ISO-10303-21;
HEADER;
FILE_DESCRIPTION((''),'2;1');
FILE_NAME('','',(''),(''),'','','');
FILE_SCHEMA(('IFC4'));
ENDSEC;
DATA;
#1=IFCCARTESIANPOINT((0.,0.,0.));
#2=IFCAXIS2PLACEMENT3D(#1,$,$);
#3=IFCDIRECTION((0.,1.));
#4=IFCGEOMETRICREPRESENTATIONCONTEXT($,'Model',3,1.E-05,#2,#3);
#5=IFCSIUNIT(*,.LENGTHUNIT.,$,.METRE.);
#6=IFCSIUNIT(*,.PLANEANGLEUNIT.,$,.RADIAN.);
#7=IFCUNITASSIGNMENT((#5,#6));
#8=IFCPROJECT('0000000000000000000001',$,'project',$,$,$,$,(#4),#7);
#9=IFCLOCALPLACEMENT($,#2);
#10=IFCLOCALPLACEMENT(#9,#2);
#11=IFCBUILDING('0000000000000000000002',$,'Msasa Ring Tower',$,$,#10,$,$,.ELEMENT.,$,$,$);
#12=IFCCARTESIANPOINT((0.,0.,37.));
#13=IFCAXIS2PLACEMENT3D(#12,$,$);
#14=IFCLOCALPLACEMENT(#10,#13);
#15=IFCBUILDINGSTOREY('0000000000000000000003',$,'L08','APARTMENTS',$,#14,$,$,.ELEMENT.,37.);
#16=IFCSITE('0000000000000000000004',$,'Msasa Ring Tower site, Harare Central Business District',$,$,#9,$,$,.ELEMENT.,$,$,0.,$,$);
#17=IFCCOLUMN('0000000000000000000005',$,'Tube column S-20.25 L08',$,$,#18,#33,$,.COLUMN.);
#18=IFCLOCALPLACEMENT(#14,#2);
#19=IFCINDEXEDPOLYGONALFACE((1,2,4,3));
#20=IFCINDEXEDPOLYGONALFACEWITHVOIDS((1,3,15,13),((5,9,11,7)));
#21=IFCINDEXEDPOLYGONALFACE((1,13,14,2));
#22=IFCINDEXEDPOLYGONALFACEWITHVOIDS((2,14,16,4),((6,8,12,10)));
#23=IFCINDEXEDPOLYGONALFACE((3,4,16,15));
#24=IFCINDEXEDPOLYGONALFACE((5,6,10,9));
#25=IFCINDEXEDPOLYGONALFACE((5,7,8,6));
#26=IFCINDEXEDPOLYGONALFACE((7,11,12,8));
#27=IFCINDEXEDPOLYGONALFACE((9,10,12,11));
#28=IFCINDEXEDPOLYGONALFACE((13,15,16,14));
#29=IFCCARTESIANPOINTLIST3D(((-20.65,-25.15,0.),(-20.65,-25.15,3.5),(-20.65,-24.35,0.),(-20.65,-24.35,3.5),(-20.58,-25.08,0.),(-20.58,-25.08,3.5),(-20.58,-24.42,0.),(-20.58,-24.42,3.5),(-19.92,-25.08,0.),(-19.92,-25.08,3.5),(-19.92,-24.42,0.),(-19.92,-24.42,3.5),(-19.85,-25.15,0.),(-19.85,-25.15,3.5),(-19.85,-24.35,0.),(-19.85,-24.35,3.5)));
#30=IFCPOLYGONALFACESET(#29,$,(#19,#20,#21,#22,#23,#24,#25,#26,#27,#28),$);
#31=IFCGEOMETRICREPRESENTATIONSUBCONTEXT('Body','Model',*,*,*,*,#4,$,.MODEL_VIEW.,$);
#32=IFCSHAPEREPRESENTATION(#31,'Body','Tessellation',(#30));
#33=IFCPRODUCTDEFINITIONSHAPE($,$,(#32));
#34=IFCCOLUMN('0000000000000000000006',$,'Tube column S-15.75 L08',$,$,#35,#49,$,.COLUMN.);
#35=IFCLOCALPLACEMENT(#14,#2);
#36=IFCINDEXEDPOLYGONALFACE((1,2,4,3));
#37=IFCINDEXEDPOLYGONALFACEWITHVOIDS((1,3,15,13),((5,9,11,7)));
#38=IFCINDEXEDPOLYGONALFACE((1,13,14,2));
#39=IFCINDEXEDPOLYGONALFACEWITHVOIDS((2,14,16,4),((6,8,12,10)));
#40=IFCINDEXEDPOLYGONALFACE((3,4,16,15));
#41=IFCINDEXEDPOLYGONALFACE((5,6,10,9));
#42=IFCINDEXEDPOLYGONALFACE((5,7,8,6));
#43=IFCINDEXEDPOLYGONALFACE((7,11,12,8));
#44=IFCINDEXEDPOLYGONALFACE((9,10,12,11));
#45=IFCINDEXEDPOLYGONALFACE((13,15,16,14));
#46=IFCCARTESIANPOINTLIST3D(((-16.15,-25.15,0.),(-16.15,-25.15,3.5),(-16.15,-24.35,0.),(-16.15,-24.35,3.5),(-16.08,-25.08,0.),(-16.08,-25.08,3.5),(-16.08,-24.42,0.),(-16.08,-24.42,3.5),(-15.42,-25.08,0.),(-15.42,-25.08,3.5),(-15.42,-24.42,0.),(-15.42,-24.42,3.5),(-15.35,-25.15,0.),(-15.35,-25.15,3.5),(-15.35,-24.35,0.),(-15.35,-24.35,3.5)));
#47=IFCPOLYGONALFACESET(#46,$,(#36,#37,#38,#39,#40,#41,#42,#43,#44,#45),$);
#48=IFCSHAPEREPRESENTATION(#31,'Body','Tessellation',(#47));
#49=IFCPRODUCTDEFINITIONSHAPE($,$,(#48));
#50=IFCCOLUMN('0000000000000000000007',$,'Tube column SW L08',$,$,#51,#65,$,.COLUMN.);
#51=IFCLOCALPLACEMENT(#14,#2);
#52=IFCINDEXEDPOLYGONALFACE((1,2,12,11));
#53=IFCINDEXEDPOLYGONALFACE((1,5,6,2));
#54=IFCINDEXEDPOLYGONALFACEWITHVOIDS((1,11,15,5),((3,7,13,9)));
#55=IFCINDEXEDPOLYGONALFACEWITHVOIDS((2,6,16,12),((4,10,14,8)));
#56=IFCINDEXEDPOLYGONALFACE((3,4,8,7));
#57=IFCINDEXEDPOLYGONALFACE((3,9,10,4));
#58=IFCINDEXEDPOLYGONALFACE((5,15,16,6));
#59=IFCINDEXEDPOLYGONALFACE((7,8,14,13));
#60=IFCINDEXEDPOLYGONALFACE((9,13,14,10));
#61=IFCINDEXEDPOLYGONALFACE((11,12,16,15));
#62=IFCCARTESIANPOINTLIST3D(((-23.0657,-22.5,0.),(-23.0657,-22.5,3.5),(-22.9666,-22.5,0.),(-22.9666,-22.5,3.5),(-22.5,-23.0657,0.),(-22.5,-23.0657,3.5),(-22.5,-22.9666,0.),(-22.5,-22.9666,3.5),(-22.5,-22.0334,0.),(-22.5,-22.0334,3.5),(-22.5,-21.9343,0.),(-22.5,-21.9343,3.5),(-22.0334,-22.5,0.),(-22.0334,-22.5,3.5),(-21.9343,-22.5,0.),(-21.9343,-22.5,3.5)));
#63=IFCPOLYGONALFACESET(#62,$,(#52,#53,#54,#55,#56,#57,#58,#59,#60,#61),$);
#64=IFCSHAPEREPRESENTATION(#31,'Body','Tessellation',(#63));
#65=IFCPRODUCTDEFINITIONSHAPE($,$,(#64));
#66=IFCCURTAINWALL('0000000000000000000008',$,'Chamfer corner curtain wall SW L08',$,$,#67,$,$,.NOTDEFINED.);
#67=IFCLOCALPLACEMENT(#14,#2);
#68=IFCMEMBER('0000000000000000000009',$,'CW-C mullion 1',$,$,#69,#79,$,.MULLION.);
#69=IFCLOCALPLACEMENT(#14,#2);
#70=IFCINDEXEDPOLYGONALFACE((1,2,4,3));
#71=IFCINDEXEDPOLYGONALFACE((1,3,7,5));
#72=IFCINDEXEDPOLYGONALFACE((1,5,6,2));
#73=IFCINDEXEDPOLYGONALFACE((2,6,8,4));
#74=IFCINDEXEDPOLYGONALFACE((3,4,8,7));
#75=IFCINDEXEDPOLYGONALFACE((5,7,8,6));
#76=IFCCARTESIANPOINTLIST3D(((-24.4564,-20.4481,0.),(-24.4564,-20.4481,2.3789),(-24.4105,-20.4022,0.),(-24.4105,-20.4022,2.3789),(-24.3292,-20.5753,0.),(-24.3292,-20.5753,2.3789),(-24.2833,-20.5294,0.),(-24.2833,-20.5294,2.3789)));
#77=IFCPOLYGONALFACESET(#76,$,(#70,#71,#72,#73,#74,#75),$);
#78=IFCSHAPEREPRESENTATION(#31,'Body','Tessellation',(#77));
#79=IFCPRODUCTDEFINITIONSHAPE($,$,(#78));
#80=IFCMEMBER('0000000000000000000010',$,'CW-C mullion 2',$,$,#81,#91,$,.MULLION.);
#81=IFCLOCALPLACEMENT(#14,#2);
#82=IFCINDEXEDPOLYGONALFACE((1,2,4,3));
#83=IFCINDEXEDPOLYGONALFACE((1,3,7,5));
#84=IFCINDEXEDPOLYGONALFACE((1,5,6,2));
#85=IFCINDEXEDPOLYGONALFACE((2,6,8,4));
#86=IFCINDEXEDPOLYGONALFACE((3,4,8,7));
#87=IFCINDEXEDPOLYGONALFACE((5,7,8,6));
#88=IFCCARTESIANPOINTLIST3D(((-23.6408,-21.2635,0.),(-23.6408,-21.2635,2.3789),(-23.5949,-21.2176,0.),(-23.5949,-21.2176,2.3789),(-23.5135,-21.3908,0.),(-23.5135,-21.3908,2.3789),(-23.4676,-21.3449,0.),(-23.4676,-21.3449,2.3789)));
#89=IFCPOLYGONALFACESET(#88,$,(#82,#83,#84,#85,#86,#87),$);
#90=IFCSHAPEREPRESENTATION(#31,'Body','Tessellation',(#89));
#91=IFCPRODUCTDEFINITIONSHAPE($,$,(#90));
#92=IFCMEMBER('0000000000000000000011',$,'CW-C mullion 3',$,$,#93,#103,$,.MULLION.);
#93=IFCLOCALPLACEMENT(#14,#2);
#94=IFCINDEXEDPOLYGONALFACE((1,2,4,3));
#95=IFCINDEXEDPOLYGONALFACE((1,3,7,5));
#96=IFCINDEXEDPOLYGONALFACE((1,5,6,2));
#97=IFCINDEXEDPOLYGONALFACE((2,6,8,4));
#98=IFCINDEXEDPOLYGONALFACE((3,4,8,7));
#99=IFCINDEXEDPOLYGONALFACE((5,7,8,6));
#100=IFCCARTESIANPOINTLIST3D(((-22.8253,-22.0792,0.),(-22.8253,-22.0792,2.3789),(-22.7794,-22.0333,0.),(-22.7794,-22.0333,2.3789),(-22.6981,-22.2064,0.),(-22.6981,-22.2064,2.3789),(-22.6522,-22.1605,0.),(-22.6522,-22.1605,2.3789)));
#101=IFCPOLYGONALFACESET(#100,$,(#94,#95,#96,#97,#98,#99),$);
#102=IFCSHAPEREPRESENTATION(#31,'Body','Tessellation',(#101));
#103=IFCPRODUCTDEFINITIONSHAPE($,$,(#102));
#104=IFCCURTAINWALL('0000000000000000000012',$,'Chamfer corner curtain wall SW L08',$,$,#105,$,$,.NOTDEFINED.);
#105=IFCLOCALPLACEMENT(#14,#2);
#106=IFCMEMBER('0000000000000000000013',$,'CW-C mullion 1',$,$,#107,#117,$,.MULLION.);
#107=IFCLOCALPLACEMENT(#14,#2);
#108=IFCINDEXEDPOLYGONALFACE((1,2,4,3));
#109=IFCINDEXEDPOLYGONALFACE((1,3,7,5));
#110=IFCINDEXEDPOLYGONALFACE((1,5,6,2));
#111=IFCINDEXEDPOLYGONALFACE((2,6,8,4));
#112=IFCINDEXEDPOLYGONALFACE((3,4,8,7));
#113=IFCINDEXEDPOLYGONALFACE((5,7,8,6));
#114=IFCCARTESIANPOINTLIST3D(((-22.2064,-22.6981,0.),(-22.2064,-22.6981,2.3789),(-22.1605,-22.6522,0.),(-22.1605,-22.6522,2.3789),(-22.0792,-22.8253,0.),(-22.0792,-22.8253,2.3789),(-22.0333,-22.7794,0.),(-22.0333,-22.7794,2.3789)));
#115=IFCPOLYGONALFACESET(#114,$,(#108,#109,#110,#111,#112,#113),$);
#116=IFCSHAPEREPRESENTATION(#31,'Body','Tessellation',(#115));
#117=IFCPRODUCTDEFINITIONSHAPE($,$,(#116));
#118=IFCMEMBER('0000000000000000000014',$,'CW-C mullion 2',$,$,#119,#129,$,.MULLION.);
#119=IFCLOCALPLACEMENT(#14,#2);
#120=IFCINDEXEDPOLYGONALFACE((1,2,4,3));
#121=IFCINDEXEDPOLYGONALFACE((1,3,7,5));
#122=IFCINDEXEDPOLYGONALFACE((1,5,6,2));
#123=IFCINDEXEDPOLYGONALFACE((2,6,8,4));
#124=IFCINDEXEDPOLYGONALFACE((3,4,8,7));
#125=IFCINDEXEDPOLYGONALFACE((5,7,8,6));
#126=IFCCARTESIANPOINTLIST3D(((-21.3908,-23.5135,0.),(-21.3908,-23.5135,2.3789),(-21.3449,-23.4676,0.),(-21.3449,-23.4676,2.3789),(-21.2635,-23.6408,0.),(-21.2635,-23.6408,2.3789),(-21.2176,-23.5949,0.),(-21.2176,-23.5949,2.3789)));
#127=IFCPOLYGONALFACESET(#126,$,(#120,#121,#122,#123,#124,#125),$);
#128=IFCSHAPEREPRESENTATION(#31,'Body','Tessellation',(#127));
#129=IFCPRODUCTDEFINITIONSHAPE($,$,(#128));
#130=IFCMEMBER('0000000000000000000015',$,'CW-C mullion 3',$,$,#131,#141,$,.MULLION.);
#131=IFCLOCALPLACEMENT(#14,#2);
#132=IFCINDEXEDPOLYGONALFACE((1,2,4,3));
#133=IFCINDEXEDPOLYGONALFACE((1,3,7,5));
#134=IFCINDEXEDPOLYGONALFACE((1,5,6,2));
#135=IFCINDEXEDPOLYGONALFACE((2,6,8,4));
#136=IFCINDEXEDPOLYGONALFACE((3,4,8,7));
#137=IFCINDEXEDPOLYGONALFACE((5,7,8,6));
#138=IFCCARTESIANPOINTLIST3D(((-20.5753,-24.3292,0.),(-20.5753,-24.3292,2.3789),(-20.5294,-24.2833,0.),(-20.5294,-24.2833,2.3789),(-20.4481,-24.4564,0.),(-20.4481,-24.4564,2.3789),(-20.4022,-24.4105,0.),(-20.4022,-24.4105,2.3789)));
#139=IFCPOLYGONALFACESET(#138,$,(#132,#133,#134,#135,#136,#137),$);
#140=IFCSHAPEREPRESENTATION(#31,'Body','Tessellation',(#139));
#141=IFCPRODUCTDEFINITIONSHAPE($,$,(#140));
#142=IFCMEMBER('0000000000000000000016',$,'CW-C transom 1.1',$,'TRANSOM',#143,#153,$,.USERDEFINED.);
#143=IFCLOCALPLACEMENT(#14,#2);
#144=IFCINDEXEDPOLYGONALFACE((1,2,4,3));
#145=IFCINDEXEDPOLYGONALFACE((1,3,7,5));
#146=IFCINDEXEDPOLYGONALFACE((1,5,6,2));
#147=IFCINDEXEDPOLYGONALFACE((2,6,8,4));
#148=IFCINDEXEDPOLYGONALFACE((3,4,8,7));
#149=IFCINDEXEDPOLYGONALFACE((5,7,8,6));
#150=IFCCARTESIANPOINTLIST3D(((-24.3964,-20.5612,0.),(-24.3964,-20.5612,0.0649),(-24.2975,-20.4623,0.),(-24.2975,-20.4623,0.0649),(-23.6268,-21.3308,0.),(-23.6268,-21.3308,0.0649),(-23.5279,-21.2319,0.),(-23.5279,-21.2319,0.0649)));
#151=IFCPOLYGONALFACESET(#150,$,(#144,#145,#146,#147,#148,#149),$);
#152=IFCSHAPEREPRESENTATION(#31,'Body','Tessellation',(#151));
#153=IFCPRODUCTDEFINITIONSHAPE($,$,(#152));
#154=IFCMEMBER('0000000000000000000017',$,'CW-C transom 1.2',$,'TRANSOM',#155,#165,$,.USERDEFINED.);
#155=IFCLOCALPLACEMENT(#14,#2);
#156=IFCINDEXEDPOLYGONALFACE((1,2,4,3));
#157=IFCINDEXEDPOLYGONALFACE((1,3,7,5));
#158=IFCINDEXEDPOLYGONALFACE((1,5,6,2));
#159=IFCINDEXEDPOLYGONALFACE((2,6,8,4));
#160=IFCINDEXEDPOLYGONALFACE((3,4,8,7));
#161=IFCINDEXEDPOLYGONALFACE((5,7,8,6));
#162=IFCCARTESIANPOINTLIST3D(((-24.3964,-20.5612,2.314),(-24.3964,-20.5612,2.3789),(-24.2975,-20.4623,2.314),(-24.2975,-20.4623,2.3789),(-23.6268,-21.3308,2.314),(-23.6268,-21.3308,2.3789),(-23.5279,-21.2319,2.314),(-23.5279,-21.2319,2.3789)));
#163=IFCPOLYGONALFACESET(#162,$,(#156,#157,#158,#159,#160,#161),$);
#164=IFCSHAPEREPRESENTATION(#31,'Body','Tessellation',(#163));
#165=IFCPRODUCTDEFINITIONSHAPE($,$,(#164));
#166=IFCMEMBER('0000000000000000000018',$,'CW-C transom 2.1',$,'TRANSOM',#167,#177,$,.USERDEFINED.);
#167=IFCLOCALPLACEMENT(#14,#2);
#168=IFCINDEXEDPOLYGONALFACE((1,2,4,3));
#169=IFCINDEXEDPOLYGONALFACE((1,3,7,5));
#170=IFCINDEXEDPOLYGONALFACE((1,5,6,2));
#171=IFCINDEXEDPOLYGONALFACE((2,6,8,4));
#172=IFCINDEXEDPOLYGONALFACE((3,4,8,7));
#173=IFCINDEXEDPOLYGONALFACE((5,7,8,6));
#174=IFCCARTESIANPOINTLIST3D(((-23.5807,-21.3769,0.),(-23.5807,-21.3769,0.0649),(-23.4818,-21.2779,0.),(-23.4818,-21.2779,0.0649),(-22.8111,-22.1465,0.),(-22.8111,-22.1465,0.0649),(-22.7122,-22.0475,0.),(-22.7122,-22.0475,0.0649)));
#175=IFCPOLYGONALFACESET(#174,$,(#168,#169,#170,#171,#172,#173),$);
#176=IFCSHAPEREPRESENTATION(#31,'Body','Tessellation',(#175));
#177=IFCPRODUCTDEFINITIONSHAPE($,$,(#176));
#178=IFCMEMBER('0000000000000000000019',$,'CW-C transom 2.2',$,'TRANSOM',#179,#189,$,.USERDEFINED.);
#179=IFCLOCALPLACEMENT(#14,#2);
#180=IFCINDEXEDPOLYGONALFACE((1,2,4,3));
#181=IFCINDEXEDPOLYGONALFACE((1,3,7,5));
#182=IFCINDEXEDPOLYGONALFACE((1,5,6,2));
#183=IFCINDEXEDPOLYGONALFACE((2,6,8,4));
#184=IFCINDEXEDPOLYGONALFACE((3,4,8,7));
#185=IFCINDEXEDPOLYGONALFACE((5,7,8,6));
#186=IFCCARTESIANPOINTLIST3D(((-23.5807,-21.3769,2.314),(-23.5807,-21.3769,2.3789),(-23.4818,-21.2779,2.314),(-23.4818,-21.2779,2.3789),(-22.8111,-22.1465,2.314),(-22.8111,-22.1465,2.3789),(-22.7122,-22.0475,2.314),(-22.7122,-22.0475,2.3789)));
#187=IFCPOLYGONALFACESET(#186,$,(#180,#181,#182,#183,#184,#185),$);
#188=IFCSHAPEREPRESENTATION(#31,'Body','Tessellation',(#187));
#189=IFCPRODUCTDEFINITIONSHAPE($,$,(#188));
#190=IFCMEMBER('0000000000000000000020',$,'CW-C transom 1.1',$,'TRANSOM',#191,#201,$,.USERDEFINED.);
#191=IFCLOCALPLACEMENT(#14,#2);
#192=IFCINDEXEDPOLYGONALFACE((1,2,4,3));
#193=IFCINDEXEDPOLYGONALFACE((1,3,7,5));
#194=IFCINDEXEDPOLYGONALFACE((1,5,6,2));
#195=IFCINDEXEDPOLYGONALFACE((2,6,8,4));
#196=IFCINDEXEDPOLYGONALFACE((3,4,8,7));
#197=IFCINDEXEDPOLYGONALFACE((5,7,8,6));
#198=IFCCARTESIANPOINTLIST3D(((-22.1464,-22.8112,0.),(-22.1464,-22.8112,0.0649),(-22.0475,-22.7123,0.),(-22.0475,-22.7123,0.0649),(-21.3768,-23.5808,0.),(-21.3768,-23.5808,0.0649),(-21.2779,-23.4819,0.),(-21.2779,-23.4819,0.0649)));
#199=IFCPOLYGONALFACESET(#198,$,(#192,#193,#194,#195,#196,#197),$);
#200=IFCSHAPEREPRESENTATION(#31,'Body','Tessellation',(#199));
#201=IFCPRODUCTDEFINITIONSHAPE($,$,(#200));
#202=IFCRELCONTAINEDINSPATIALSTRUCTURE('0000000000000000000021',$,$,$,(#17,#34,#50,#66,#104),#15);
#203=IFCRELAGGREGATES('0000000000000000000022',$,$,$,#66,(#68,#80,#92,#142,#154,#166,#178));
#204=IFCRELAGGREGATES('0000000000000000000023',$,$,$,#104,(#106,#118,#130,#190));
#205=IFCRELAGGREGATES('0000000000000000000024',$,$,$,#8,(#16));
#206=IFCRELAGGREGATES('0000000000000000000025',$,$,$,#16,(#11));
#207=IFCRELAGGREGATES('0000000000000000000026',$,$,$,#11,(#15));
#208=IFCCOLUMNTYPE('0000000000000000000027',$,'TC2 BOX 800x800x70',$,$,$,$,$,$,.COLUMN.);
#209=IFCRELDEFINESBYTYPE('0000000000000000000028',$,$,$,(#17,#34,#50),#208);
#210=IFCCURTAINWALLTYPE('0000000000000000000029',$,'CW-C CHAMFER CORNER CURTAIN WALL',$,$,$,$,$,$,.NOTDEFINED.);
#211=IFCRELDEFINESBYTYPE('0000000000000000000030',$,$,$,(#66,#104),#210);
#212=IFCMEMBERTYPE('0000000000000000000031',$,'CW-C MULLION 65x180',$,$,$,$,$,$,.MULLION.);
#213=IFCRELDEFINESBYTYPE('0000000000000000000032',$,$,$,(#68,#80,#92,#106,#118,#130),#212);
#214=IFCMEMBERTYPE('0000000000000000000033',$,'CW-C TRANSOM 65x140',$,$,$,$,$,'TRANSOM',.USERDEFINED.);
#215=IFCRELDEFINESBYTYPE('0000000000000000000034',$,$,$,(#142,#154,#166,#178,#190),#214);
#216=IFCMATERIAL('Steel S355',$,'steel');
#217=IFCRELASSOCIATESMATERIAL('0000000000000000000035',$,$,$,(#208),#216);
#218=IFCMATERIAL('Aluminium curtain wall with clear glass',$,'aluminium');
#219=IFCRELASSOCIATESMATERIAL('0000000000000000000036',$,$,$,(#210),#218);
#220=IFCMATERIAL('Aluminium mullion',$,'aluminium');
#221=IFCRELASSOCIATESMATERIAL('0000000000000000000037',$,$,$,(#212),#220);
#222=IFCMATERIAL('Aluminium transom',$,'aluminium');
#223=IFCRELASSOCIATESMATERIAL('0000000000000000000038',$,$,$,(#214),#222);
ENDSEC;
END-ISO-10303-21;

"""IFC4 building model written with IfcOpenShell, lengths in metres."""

from ifc_helpers import new_model, si_unit, direction, frame, origin, origin_2d, place, context, subcontext, project, spatial, rectangle, hollow_rectangle, extrude, material, material_profile, profile_set, type_object, element, aggregate, save


model = new_model("IFC4")

# Units and contexts
model_context = context("Model", 3, precision=1e-05, world=origin(), true_north=direction((0.0, 1.0)))
body_context = subcontext(model_context, "Body", "Model", "MODEL_VIEW")
ifc_project = project(units=[si_unit("LENGTHUNIT", "METRE"), si_unit("PLANEANGLEUNIT", "RADIAN")], contexts=[model_context])

# Site, building, storey
site_placement = place(None, origin())
site = spatial("IfcSite", under=ifc_project, at=site_placement, Name="Msasa Ring Tower site, Harare Central Business District", CompositionType="ELEMENT", RefElevation=0.0)
building_placement = place(site_placement, origin())
building = spatial("IfcBuilding", under=site, at=building_placement, Name="Msasa Ring Tower", CompositionType="ELEMENT")
storey_placement = place(building_placement, frame((0.0, 0.0, 37.0)))
storey = spatial("IfcBuildingStorey", under=building, at=storey_placement, Name="L08", Description="APARTMENTS", CompositionType="ELEMENT", Elevation=37.0)

# Columns
ifc_material_1 = material(Name="Steel S355", Category="steel")
ifc_material_profile_1 = material_profile(ifc_material_1, hollow_rectangle(XDim=0.8, YDim=0.8, WallThickness=0.0701, at=origin_2d()), Name="BOX 800x800x70")
ifc_profile_set_1 = profile_set([ifc_material_profile_1], Name="Steel S355")
column_type = type_object("IfcColumnType", Name="TC2 BOX 800x800x70", PredefinedType="COLUMN", material=ifc_profile_set_1)
for number, where, z_axis, x_axis, name in (
    (1, (-20.25, -24.75, 0.0), (0.0, 0.0, 1.0), (0.0, 1.0, 0.0), "Tube column S-20.25 L08"),
    (2, (-15.75, -24.75, 0.0), (0.0, 0.0, 1.0), (0.0, 1.0, 0.0), "Tube column S-15.75 L08"),
    (3, (-22.5, -22.5, 0.0), (0.0, 0.0, 1.0), (0.707107, 0.707107, 0.0), "Tube column SW L08"),
):
    element("IfcColumn", number, at=place(storey_placement, frame(where, z_axis=z_axis, x_axis=x_axis)), inside=storey, type_object=column_type, Name=name, PredefinedType="COLUMN", context=body_context, shape_type="SweptSolid", body=[
        extrude(hollow_rectangle(XDim=0.8, YDim=0.8, WallThickness=0.0701, at=origin_2d()), origin(), (0.0, 0.0, 1.0), 3.5),
    ])

# Curtain walls, members
ifc_material_2 = material(Name="Aluminium curtain wall with clear glass", Category="aluminium")
curtain_wall_type = type_object("IfcCurtainWallType", Name="CW-C CHAMFER CORNER CURTAIN WALL", PredefinedType="NOTDEFINED", material=ifc_material_2)
curtain_wall_1_placement = place(storey_placement, origin())
curtain_wall_1 = element("IfcCurtainWall", 4, at=curtain_wall_1_placement, inside=storey, type_object=curtain_wall_type, Name="Chamfer corner curtain wall SW L08", PredefinedType="NOTDEFINED")
ifc_material_3 = material(Name="Aluminium mullion", Category="aluminium")
ifc_material_profile_2 = material_profile(ifc_material_3, rectangle(XDim=0.0649, YDim=0.1799, at=origin_2d()), Name="AL 65x180")
ifc_profile_set_2 = profile_set([ifc_material_profile_2], Name="Aluminium mullion")
member_type_1 = type_object("IfcMemberType", Name="CW-C MULLION 65x180", PredefinedType="MULLION", material=ifc_profile_set_2)
member_1_placement = place(storey_placement, frame((-24.3699, -20.4888, 0.0), z_axis=(0.0, 0.0, 1.0), x_axis=(0.707107, 0.707107, 0.0)))
member_1 = element("IfcMember", 5, at=member_1_placement, type_object=member_type_1, Name="CW-C mullion 1", PredefinedType="MULLION", context=body_context, shape_type="SweptSolid", body=[
    extrude(rectangle(XDim=0.0649, YDim=0.1799, at=origin_2d()), origin(), (0.0, 0.0, 1.0), 2.3789),
])
member_2_placement = place(storey_placement, frame((-23.5542, -21.3042, 0.0), z_axis=(0.0, 0.0, 1.0), x_axis=(0.707107, 0.707107, 0.0)))
member_2 = element("IfcMember", 6, at=member_2_placement, type_object=member_type_1, Name="CW-C mullion 2", PredefinedType="MULLION", context=body_context, shape_type="SweptSolid", body=[
    extrude(rectangle(XDim=0.0649, YDim=0.1799, at=origin_2d()), origin(), (0.0, 0.0, 1.0), 2.3789),
])
member_3_placement = place(storey_placement, frame((-22.7388, -22.1199, 0.0), z_axis=(0.0, 0.0, 1.0), x_axis=(0.707107, 0.707107, 0.0)))
member_3 = element("IfcMember", 7, at=member_3_placement, type_object=member_type_1, Name="CW-C mullion 3", PredefinedType="MULLION", context=body_context, shape_type="SweptSolid", body=[
    extrude(rectangle(XDim=0.0649, YDim=0.1799, at=origin_2d()), origin(), (0.0, 0.0, 1.0), 2.3789),
])
curtain_wall_2_placement = place(storey_placement, origin())
curtain_wall_2 = element("IfcCurtainWall", 8, at=curtain_wall_2_placement, inside=storey, type_object=curtain_wall_type, Name="Chamfer corner curtain wall SW L08", PredefinedType="NOTDEFINED")
member_4_placement = place(storey_placement, frame((-22.1199, -22.7388, 0.0), z_axis=(0.0, 0.0, 1.0), x_axis=(0.707107, 0.707107, 0.0)))
member_4 = element("IfcMember", 9, at=member_4_placement, type_object=member_type_1, Name="CW-C mullion 1", PredefinedType="MULLION", context=body_context, shape_type="SweptSolid", body=[
    extrude(rectangle(XDim=0.0649, YDim=0.1799, at=origin_2d()), origin(), (0.0, 0.0, 1.0), 2.3789),
])
member_5_placement = place(storey_placement, frame((-21.3042, -23.5542, 0.0), z_axis=(0.0, 0.0, 1.0), x_axis=(0.707107, 0.707107, 0.0)))
member_5 = element("IfcMember", 10, at=member_5_placement, type_object=member_type_1, Name="CW-C mullion 2", PredefinedType="MULLION", context=body_context, shape_type="SweptSolid", body=[
    extrude(rectangle(XDim=0.0649, YDim=0.1799, at=origin_2d()), origin(), (0.0, 0.0, 1.0), 2.3789),
])
member_6_placement = place(storey_placement, frame((-20.4888, -24.3699, 0.0), z_axis=(0.0, 0.0, 1.0), x_axis=(0.707107, 0.707107, 0.0)))
member_6 = element("IfcMember", 11, at=member_6_placement, type_object=member_type_1, Name="CW-C mullion 3", PredefinedType="MULLION", context=body_context, shape_type="SweptSolid", body=[
    extrude(rectangle(XDim=0.0649, YDim=0.1799, at=origin_2d()), origin(), (0.0, 0.0, 1.0), 2.3789),
])

# Members
ifc_material_4 = material(Name="Aluminium transom", Category="aluminium")
ifc_material_profile_3 = material_profile(ifc_material_4, rectangle(XDim=0.1399, YDim=0.0649, at=origin_2d()), Name="AL 65x140")
ifc_profile_set_3 = profile_set([ifc_material_profile_3], Name="Aluminium transom")
member_type_2 = type_object("IfcMemberType", Name="CW-C TRANSOM 65x140", ElementType="TRANSOM", PredefinedType="USERDEFINED", material=ifc_profile_set_3)
member_7_placement = place(storey_placement, frame((-24.3469, -20.5117, 0.0325), z_axis=(0.707107, -0.707107, 0.0), x_axis=(0.707107, 0.707107, 0.0)))
member_7 = element("IfcMember", 12, at=member_7_placement, type_object=member_type_2, Name="CW-C transom 1.1", ObjectType="TRANSOM", PredefinedType="USERDEFINED", context=body_context, shape_type="SweptSolid", body=[
    extrude(rectangle(XDim=0.1399, YDim=0.0649, at=origin_2d()), origin(), (0.0, 0.0, 1.0), 1.0884),
])
member_8_placement = place(storey_placement, frame((-24.3469, -20.5117, 2.3464), z_axis=(0.707107, -0.707107, 0.0), x_axis=(0.707107, 0.707107, 0.0)))
member_8 = element("IfcMember", 13, at=member_8_placement, type_object=member_type_2, Name="CW-C transom 1.2", ObjectType="TRANSOM", PredefinedType="USERDEFINED", context=body_context, shape_type="SweptSolid", body=[
    extrude(rectangle(XDim=0.1399, YDim=0.0649, at=origin_2d()), origin(), (0.0, 0.0, 1.0), 1.0884),
])
member_9_placement = place(storey_placement, frame((-23.5312, -21.3274, 0.0325), z_axis=(0.707107, -0.707107, 0.0), x_axis=(0.707107, 0.707107, 0.0)))
member_9 = element("IfcMember", 14, at=member_9_placement, type_object=member_type_2, Name="CW-C transom 2.1", ObjectType="TRANSOM", PredefinedType="USERDEFINED", context=body_context, shape_type="SweptSolid", body=[
    extrude(rectangle(XDim=0.1399, YDim=0.0649, at=origin_2d()), origin(), (0.0, 0.0, 1.0), 1.0884),
])
member_10_placement = place(storey_placement, frame((-23.5312, -21.3274, 2.3464), z_axis=(0.707107, -0.707107, 0.0), x_axis=(0.707107, 0.707107, 0.0)))
member_10 = element("IfcMember", 15, at=member_10_placement, type_object=member_type_2, Name="CW-C transom 2.2", ObjectType="TRANSOM", PredefinedType="USERDEFINED", context=body_context, shape_type="SweptSolid", body=[
    extrude(rectangle(XDim=0.1399, YDim=0.0649, at=origin_2d()), origin(), (0.0, 0.0, 1.0), 1.0884),
])
member_11_placement = place(storey_placement, frame((-22.0969, -22.7617, 0.0325), z_axis=(0.707107, -0.707107, 0.0), x_axis=(0.707107, 0.707107, 0.0)))
member_11 = element("IfcMember", 16, at=member_11_placement, type_object=member_type_2, Name="CW-C transom 1.1", ObjectType="TRANSOM", PredefinedType="USERDEFINED", context=body_context, shape_type="SweptSolid", body=[
    extrude(rectangle(XDim=0.1399, YDim=0.0649, at=origin_2d()), origin(), (0.0, 0.0, 1.0), 1.0884),
])

aggregate(curtain_wall_1, [member_1, member_2, member_3, member_7, member_8, member_9, member_10])
aggregate(curtain_wall_2, [member_4, member_5, member_6, member_11])

save(model, "model.ifc")
